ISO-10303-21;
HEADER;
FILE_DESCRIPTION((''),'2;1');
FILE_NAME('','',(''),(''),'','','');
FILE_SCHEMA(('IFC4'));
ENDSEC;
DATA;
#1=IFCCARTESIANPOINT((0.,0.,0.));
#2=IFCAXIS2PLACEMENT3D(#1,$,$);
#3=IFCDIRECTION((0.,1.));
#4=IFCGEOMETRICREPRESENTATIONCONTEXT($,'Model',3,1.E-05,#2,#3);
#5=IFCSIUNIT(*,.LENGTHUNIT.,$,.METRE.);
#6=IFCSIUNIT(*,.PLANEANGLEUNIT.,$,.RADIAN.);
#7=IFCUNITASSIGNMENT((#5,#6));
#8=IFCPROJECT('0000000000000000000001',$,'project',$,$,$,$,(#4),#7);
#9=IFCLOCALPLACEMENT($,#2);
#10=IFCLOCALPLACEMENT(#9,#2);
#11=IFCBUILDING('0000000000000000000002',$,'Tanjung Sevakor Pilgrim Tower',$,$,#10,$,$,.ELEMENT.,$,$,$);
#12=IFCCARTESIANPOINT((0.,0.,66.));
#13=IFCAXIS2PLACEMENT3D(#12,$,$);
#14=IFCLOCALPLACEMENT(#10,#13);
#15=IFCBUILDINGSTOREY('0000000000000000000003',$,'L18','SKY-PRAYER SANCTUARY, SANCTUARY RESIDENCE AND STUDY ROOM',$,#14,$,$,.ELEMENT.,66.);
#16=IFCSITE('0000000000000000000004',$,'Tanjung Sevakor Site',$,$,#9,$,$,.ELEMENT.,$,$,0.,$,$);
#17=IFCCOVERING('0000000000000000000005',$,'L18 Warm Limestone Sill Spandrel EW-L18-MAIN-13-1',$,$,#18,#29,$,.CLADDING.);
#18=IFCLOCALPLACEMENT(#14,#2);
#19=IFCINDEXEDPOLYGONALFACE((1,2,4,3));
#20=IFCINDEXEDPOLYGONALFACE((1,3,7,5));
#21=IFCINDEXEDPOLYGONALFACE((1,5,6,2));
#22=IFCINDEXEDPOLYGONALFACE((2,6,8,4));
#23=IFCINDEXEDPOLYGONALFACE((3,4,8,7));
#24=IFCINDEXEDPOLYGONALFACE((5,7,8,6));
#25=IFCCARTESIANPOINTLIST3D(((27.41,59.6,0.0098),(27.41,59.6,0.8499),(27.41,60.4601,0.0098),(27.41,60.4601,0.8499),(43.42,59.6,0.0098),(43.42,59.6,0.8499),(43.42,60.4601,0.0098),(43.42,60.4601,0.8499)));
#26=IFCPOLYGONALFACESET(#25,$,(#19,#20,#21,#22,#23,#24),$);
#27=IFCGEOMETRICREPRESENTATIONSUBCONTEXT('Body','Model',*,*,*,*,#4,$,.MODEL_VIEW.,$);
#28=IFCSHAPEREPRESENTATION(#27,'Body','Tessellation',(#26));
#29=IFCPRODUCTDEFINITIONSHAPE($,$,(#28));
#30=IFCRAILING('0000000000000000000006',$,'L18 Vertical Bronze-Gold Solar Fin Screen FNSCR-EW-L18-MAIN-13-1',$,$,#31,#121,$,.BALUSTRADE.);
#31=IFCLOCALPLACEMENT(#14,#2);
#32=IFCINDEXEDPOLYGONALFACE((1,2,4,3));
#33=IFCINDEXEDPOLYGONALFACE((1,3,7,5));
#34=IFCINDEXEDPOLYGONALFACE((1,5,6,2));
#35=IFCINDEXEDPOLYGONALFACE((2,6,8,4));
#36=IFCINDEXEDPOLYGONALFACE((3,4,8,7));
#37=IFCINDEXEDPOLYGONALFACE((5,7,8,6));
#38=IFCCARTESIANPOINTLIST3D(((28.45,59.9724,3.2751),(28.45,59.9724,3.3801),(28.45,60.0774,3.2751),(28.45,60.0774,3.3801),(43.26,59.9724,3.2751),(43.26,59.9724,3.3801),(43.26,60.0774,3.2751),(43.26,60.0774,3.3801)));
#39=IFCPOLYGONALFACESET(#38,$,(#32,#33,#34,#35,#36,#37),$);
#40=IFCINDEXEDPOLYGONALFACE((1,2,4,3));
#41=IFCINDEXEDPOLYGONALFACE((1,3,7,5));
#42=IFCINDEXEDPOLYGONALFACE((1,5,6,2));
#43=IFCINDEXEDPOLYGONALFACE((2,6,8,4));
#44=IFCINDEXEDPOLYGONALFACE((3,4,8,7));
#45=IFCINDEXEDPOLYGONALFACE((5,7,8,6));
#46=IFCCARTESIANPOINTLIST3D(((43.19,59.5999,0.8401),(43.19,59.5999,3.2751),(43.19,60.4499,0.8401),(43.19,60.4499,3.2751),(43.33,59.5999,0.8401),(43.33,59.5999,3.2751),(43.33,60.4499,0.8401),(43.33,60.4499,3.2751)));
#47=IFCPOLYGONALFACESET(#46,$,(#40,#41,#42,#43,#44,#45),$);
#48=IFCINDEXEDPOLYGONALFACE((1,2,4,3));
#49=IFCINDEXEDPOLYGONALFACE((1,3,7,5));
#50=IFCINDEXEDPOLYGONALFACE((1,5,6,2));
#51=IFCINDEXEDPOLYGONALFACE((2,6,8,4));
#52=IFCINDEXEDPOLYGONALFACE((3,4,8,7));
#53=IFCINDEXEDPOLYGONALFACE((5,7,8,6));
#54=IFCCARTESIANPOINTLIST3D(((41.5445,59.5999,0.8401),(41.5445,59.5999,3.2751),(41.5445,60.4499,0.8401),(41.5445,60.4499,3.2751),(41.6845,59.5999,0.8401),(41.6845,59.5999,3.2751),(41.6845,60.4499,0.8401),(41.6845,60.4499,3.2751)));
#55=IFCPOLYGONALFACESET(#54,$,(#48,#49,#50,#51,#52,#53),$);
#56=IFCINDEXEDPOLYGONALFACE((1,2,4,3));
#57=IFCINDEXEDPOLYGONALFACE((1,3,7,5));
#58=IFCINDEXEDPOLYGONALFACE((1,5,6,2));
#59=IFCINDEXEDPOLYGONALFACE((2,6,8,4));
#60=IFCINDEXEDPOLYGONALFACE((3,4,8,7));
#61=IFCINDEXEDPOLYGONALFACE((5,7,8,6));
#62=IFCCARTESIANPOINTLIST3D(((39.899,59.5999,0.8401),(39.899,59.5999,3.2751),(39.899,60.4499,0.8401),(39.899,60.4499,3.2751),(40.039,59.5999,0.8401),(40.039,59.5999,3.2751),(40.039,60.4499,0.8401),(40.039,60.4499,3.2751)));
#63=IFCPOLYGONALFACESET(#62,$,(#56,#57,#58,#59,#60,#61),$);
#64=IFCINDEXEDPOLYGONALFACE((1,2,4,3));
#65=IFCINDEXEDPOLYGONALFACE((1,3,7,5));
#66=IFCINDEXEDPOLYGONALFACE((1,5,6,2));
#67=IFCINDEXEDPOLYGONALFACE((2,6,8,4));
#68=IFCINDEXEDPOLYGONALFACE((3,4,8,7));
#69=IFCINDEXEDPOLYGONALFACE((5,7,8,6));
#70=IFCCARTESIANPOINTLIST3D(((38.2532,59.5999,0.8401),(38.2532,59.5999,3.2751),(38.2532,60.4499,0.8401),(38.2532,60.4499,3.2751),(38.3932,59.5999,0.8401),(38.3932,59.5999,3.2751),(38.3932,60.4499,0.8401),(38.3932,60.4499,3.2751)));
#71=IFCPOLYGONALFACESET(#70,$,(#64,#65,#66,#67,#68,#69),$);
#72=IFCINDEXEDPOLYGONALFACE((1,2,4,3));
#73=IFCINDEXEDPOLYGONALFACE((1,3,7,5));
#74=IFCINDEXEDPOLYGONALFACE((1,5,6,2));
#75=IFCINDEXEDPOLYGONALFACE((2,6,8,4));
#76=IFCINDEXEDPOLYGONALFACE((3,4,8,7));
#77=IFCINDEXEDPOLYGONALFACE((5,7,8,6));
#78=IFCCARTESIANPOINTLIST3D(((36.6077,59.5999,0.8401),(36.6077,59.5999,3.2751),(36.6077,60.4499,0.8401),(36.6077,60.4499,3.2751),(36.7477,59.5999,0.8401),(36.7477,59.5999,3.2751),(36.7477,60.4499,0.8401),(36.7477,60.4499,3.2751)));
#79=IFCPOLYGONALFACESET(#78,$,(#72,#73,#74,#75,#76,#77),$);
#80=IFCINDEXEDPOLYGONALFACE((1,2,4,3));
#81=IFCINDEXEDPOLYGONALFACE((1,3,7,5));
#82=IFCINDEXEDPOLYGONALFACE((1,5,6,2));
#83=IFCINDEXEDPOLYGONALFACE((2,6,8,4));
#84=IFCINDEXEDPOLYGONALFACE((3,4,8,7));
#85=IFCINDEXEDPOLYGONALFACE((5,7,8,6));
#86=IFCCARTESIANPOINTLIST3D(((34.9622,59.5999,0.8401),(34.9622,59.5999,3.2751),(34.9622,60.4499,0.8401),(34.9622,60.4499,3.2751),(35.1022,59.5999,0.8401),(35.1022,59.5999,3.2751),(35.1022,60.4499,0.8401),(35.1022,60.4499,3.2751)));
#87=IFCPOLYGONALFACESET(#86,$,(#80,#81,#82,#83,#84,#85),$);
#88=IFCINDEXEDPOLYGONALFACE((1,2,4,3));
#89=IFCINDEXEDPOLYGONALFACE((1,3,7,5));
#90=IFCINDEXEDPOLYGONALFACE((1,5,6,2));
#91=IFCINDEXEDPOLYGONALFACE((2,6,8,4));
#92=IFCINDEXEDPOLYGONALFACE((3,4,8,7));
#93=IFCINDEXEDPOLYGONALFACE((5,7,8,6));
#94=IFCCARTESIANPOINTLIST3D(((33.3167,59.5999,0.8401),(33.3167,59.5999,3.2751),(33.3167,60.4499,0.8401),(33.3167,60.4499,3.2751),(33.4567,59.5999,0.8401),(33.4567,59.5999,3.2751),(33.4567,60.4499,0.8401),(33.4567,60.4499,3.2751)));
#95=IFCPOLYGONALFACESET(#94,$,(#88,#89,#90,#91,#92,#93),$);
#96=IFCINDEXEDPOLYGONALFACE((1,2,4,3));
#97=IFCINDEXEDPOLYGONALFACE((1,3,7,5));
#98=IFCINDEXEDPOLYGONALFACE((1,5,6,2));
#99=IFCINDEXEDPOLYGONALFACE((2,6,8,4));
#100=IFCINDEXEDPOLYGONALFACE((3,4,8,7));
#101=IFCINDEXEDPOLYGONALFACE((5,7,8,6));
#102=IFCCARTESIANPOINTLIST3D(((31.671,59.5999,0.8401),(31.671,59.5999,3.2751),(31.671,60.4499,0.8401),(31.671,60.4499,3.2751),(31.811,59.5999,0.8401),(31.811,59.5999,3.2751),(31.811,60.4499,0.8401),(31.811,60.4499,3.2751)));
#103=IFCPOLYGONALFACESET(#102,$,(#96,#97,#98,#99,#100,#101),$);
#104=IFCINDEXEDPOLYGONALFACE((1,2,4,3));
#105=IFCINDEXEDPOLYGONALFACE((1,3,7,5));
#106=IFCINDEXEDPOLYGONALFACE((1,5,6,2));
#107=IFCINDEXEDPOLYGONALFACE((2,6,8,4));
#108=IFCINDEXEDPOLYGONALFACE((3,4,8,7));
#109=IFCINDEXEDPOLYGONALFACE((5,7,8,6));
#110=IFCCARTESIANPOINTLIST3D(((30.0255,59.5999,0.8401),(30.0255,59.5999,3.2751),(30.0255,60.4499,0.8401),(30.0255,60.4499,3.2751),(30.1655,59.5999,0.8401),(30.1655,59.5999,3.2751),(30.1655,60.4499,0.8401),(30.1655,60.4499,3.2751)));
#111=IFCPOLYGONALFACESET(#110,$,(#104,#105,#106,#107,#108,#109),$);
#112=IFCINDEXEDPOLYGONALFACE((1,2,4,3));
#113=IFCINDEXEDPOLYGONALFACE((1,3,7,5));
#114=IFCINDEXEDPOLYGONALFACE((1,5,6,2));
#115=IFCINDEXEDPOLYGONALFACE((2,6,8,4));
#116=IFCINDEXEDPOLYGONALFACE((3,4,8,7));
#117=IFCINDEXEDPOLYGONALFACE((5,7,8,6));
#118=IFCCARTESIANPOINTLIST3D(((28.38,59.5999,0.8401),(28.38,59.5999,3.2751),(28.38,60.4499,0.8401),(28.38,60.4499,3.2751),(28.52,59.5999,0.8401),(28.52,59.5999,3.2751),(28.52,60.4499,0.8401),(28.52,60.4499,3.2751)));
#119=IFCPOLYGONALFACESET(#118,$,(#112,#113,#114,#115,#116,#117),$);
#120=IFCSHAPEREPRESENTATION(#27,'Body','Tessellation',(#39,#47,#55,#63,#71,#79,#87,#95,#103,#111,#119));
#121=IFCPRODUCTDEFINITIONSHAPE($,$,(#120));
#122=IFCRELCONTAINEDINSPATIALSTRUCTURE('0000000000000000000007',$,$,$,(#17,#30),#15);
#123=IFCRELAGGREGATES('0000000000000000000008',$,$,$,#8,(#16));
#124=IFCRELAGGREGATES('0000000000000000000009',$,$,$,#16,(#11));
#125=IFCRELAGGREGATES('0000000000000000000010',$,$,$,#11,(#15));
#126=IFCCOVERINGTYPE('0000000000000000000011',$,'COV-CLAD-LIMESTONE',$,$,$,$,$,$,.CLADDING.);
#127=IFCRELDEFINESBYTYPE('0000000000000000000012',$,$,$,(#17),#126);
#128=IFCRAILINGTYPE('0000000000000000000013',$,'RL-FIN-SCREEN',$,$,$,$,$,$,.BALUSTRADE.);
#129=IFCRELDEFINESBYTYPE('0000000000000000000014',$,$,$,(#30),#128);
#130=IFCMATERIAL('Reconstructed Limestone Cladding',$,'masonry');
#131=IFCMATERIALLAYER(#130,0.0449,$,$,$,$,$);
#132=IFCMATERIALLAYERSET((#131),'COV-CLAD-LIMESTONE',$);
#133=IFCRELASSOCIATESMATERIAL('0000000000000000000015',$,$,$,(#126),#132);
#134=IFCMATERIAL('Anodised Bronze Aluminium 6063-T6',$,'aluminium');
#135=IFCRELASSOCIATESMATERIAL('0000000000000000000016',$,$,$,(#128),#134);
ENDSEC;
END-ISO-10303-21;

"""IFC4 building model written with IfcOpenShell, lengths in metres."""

from ifc_helpers import new_model, si_unit, direction, frame, origin, origin_2d, place, context, subcontext, project, spatial, rectangle, extrude, material, layer, layer_set, type_object, element, save


model = new_model("IFC4")

# Units and contexts
model_context = context("Model", 3, precision=1e-05, world=origin(), true_north=direction((0.0, 1.0)))
body_context = subcontext(model_context, "Body", "Model", "MODEL_VIEW")
ifc_project = project(units=[si_unit("LENGTHUNIT", "METRE"), si_unit("PLANEANGLEUNIT", "RADIAN")], contexts=[model_context])

# Site, building, storey
site_placement = place(None, origin())
site = spatial("IfcSite", under=ifc_project, at=site_placement, Name="Tanjung Sevakor Site", CompositionType="ELEMENT", RefElevation=0.0)
building_placement = place(site_placement, origin())
building = spatial("IfcBuilding", under=site, at=building_placement, Name="Tanjung Sevakor Pilgrim Tower", CompositionType="ELEMENT")
storey_placement = place(building_placement, frame((0.0, 0.0, 66.0)))
storey = spatial("IfcBuildingStorey", under=building, at=storey_placement, Name="L18", Description="SKY-PRAYER SANCTUARY, SANCTUARY RESIDENCE AND STUDY ROOM", CompositionType="ELEMENT", Elevation=66.0)

# Covering
ifc_material_1 = material(Name="Reconstructed Limestone Cladding", Category="masonry")
ifc_layer_1 = layer(ifc_material_1, 0.0449)
ifc_layer_set_1 = layer_set([ifc_layer_1], Name="COV-CLAD-LIMESTONE")
covering_type = type_object("IfcCoveringType", Name="COV-CLAD-LIMESTONE", PredefinedType="CLADDING", material=ifc_layer_set_1)
covering_placement = place(storey_placement, frame((35.415, 60.03, 0.0098), z_axis=(0.0, 0.0, 1.0), x_axis=(-1.0, 0.0, 0.0)))
element("IfcCovering", 1, at=covering_placement, inside=storey, type_object=covering_type, Name="L18 Warm Limestone Sill Spandrel EW-L18-MAIN-13-1", PredefinedType="CLADDING", context=body_context, shape_type="SweptSolid", body=[
    extrude(rectangle(XDim=16.01, YDim=0.8601, at=origin_2d()), origin(), (0.0, 0.0, 1.0), 0.8401),
])

# Railing
ifc_material_2 = material(Name="Anodised Bronze Aluminium 6063-T6", Category="aluminium")
railing_type = type_object("IfcRailingType", Name="RL-FIN-SCREEN", PredefinedType="BALUSTRADE", material=ifc_material_2)
railing_placement = place(storey_placement, frame((43.26, 60.0249, 0.8401)))
element("IfcRailing", 2, at=railing_placement, inside=storey, type_object=railing_type, Name="L18 Vertical Bronze-Gold Solar Fin Screen FNSCR-EW-L18-MAIN-13-1", PredefinedType="BALUSTRADE", context=body_context, shape_type="SweptSolid", body=[
    extrude(rectangle(XDim=0.105, YDim=0.105), frame((0.0, 0.0, 2.4875), z_axis=(-1.0, 0.0, 0.0), x_axis=(0.0, -1.0, 0.0)), (0.0, 0.0, 1.0), 14.8101),
    extrude(rectangle(XDim=0.14, YDim=0.85), origin(), (0.0, 0.0, 1.0), 2.4351),
    extrude(rectangle(XDim=0.14, YDim=0.85), frame((-1.6455, 0.0, 0.0)), (0.0, 0.0, 1.0), 2.4351),
    extrude(rectangle(XDim=0.14, YDim=0.85), frame((-3.291, 0.0, 0.0)), (0.0, 0.0, 1.0), 2.4351),
    extrude(rectangle(XDim=0.14, YDim=0.85), frame((-4.9368, 0.0, 0.0)), (0.0, 0.0, 1.0), 2.4351),
    extrude(rectangle(XDim=0.14, YDim=0.85), frame((-6.5823, 0.0, 0.0)), (0.0, 0.0, 1.0), 2.4351),
    extrude(rectangle(XDim=0.14, YDim=0.85), frame((-8.2278, 0.0, 0.0)), (0.0, 0.0, 1.0), 2.4351),
    extrude(rectangle(XDim=0.14, YDim=0.85), frame((-9.8733, 0.0, 0.0)), (0.0, 0.0, 1.0), 2.4351),
    extrude(rectangle(XDim=0.14, YDim=0.85), frame((-11.519, 0.0, 0.0)), (0.0, 0.0, 1.0), 2.4351),
    extrude(rectangle(XDim=0.14, YDim=0.85), frame((-13.1646, 0.0, 0.0)), (0.0, 0.0, 1.0), 2.4351),
    extrude(rectangle(XDim=0.14, YDim=0.85), frame((-14.8101, 0.0, 0.0)), (0.0, 0.0, 1.0), 2.4351),
])

save(model, "model.ifc")
